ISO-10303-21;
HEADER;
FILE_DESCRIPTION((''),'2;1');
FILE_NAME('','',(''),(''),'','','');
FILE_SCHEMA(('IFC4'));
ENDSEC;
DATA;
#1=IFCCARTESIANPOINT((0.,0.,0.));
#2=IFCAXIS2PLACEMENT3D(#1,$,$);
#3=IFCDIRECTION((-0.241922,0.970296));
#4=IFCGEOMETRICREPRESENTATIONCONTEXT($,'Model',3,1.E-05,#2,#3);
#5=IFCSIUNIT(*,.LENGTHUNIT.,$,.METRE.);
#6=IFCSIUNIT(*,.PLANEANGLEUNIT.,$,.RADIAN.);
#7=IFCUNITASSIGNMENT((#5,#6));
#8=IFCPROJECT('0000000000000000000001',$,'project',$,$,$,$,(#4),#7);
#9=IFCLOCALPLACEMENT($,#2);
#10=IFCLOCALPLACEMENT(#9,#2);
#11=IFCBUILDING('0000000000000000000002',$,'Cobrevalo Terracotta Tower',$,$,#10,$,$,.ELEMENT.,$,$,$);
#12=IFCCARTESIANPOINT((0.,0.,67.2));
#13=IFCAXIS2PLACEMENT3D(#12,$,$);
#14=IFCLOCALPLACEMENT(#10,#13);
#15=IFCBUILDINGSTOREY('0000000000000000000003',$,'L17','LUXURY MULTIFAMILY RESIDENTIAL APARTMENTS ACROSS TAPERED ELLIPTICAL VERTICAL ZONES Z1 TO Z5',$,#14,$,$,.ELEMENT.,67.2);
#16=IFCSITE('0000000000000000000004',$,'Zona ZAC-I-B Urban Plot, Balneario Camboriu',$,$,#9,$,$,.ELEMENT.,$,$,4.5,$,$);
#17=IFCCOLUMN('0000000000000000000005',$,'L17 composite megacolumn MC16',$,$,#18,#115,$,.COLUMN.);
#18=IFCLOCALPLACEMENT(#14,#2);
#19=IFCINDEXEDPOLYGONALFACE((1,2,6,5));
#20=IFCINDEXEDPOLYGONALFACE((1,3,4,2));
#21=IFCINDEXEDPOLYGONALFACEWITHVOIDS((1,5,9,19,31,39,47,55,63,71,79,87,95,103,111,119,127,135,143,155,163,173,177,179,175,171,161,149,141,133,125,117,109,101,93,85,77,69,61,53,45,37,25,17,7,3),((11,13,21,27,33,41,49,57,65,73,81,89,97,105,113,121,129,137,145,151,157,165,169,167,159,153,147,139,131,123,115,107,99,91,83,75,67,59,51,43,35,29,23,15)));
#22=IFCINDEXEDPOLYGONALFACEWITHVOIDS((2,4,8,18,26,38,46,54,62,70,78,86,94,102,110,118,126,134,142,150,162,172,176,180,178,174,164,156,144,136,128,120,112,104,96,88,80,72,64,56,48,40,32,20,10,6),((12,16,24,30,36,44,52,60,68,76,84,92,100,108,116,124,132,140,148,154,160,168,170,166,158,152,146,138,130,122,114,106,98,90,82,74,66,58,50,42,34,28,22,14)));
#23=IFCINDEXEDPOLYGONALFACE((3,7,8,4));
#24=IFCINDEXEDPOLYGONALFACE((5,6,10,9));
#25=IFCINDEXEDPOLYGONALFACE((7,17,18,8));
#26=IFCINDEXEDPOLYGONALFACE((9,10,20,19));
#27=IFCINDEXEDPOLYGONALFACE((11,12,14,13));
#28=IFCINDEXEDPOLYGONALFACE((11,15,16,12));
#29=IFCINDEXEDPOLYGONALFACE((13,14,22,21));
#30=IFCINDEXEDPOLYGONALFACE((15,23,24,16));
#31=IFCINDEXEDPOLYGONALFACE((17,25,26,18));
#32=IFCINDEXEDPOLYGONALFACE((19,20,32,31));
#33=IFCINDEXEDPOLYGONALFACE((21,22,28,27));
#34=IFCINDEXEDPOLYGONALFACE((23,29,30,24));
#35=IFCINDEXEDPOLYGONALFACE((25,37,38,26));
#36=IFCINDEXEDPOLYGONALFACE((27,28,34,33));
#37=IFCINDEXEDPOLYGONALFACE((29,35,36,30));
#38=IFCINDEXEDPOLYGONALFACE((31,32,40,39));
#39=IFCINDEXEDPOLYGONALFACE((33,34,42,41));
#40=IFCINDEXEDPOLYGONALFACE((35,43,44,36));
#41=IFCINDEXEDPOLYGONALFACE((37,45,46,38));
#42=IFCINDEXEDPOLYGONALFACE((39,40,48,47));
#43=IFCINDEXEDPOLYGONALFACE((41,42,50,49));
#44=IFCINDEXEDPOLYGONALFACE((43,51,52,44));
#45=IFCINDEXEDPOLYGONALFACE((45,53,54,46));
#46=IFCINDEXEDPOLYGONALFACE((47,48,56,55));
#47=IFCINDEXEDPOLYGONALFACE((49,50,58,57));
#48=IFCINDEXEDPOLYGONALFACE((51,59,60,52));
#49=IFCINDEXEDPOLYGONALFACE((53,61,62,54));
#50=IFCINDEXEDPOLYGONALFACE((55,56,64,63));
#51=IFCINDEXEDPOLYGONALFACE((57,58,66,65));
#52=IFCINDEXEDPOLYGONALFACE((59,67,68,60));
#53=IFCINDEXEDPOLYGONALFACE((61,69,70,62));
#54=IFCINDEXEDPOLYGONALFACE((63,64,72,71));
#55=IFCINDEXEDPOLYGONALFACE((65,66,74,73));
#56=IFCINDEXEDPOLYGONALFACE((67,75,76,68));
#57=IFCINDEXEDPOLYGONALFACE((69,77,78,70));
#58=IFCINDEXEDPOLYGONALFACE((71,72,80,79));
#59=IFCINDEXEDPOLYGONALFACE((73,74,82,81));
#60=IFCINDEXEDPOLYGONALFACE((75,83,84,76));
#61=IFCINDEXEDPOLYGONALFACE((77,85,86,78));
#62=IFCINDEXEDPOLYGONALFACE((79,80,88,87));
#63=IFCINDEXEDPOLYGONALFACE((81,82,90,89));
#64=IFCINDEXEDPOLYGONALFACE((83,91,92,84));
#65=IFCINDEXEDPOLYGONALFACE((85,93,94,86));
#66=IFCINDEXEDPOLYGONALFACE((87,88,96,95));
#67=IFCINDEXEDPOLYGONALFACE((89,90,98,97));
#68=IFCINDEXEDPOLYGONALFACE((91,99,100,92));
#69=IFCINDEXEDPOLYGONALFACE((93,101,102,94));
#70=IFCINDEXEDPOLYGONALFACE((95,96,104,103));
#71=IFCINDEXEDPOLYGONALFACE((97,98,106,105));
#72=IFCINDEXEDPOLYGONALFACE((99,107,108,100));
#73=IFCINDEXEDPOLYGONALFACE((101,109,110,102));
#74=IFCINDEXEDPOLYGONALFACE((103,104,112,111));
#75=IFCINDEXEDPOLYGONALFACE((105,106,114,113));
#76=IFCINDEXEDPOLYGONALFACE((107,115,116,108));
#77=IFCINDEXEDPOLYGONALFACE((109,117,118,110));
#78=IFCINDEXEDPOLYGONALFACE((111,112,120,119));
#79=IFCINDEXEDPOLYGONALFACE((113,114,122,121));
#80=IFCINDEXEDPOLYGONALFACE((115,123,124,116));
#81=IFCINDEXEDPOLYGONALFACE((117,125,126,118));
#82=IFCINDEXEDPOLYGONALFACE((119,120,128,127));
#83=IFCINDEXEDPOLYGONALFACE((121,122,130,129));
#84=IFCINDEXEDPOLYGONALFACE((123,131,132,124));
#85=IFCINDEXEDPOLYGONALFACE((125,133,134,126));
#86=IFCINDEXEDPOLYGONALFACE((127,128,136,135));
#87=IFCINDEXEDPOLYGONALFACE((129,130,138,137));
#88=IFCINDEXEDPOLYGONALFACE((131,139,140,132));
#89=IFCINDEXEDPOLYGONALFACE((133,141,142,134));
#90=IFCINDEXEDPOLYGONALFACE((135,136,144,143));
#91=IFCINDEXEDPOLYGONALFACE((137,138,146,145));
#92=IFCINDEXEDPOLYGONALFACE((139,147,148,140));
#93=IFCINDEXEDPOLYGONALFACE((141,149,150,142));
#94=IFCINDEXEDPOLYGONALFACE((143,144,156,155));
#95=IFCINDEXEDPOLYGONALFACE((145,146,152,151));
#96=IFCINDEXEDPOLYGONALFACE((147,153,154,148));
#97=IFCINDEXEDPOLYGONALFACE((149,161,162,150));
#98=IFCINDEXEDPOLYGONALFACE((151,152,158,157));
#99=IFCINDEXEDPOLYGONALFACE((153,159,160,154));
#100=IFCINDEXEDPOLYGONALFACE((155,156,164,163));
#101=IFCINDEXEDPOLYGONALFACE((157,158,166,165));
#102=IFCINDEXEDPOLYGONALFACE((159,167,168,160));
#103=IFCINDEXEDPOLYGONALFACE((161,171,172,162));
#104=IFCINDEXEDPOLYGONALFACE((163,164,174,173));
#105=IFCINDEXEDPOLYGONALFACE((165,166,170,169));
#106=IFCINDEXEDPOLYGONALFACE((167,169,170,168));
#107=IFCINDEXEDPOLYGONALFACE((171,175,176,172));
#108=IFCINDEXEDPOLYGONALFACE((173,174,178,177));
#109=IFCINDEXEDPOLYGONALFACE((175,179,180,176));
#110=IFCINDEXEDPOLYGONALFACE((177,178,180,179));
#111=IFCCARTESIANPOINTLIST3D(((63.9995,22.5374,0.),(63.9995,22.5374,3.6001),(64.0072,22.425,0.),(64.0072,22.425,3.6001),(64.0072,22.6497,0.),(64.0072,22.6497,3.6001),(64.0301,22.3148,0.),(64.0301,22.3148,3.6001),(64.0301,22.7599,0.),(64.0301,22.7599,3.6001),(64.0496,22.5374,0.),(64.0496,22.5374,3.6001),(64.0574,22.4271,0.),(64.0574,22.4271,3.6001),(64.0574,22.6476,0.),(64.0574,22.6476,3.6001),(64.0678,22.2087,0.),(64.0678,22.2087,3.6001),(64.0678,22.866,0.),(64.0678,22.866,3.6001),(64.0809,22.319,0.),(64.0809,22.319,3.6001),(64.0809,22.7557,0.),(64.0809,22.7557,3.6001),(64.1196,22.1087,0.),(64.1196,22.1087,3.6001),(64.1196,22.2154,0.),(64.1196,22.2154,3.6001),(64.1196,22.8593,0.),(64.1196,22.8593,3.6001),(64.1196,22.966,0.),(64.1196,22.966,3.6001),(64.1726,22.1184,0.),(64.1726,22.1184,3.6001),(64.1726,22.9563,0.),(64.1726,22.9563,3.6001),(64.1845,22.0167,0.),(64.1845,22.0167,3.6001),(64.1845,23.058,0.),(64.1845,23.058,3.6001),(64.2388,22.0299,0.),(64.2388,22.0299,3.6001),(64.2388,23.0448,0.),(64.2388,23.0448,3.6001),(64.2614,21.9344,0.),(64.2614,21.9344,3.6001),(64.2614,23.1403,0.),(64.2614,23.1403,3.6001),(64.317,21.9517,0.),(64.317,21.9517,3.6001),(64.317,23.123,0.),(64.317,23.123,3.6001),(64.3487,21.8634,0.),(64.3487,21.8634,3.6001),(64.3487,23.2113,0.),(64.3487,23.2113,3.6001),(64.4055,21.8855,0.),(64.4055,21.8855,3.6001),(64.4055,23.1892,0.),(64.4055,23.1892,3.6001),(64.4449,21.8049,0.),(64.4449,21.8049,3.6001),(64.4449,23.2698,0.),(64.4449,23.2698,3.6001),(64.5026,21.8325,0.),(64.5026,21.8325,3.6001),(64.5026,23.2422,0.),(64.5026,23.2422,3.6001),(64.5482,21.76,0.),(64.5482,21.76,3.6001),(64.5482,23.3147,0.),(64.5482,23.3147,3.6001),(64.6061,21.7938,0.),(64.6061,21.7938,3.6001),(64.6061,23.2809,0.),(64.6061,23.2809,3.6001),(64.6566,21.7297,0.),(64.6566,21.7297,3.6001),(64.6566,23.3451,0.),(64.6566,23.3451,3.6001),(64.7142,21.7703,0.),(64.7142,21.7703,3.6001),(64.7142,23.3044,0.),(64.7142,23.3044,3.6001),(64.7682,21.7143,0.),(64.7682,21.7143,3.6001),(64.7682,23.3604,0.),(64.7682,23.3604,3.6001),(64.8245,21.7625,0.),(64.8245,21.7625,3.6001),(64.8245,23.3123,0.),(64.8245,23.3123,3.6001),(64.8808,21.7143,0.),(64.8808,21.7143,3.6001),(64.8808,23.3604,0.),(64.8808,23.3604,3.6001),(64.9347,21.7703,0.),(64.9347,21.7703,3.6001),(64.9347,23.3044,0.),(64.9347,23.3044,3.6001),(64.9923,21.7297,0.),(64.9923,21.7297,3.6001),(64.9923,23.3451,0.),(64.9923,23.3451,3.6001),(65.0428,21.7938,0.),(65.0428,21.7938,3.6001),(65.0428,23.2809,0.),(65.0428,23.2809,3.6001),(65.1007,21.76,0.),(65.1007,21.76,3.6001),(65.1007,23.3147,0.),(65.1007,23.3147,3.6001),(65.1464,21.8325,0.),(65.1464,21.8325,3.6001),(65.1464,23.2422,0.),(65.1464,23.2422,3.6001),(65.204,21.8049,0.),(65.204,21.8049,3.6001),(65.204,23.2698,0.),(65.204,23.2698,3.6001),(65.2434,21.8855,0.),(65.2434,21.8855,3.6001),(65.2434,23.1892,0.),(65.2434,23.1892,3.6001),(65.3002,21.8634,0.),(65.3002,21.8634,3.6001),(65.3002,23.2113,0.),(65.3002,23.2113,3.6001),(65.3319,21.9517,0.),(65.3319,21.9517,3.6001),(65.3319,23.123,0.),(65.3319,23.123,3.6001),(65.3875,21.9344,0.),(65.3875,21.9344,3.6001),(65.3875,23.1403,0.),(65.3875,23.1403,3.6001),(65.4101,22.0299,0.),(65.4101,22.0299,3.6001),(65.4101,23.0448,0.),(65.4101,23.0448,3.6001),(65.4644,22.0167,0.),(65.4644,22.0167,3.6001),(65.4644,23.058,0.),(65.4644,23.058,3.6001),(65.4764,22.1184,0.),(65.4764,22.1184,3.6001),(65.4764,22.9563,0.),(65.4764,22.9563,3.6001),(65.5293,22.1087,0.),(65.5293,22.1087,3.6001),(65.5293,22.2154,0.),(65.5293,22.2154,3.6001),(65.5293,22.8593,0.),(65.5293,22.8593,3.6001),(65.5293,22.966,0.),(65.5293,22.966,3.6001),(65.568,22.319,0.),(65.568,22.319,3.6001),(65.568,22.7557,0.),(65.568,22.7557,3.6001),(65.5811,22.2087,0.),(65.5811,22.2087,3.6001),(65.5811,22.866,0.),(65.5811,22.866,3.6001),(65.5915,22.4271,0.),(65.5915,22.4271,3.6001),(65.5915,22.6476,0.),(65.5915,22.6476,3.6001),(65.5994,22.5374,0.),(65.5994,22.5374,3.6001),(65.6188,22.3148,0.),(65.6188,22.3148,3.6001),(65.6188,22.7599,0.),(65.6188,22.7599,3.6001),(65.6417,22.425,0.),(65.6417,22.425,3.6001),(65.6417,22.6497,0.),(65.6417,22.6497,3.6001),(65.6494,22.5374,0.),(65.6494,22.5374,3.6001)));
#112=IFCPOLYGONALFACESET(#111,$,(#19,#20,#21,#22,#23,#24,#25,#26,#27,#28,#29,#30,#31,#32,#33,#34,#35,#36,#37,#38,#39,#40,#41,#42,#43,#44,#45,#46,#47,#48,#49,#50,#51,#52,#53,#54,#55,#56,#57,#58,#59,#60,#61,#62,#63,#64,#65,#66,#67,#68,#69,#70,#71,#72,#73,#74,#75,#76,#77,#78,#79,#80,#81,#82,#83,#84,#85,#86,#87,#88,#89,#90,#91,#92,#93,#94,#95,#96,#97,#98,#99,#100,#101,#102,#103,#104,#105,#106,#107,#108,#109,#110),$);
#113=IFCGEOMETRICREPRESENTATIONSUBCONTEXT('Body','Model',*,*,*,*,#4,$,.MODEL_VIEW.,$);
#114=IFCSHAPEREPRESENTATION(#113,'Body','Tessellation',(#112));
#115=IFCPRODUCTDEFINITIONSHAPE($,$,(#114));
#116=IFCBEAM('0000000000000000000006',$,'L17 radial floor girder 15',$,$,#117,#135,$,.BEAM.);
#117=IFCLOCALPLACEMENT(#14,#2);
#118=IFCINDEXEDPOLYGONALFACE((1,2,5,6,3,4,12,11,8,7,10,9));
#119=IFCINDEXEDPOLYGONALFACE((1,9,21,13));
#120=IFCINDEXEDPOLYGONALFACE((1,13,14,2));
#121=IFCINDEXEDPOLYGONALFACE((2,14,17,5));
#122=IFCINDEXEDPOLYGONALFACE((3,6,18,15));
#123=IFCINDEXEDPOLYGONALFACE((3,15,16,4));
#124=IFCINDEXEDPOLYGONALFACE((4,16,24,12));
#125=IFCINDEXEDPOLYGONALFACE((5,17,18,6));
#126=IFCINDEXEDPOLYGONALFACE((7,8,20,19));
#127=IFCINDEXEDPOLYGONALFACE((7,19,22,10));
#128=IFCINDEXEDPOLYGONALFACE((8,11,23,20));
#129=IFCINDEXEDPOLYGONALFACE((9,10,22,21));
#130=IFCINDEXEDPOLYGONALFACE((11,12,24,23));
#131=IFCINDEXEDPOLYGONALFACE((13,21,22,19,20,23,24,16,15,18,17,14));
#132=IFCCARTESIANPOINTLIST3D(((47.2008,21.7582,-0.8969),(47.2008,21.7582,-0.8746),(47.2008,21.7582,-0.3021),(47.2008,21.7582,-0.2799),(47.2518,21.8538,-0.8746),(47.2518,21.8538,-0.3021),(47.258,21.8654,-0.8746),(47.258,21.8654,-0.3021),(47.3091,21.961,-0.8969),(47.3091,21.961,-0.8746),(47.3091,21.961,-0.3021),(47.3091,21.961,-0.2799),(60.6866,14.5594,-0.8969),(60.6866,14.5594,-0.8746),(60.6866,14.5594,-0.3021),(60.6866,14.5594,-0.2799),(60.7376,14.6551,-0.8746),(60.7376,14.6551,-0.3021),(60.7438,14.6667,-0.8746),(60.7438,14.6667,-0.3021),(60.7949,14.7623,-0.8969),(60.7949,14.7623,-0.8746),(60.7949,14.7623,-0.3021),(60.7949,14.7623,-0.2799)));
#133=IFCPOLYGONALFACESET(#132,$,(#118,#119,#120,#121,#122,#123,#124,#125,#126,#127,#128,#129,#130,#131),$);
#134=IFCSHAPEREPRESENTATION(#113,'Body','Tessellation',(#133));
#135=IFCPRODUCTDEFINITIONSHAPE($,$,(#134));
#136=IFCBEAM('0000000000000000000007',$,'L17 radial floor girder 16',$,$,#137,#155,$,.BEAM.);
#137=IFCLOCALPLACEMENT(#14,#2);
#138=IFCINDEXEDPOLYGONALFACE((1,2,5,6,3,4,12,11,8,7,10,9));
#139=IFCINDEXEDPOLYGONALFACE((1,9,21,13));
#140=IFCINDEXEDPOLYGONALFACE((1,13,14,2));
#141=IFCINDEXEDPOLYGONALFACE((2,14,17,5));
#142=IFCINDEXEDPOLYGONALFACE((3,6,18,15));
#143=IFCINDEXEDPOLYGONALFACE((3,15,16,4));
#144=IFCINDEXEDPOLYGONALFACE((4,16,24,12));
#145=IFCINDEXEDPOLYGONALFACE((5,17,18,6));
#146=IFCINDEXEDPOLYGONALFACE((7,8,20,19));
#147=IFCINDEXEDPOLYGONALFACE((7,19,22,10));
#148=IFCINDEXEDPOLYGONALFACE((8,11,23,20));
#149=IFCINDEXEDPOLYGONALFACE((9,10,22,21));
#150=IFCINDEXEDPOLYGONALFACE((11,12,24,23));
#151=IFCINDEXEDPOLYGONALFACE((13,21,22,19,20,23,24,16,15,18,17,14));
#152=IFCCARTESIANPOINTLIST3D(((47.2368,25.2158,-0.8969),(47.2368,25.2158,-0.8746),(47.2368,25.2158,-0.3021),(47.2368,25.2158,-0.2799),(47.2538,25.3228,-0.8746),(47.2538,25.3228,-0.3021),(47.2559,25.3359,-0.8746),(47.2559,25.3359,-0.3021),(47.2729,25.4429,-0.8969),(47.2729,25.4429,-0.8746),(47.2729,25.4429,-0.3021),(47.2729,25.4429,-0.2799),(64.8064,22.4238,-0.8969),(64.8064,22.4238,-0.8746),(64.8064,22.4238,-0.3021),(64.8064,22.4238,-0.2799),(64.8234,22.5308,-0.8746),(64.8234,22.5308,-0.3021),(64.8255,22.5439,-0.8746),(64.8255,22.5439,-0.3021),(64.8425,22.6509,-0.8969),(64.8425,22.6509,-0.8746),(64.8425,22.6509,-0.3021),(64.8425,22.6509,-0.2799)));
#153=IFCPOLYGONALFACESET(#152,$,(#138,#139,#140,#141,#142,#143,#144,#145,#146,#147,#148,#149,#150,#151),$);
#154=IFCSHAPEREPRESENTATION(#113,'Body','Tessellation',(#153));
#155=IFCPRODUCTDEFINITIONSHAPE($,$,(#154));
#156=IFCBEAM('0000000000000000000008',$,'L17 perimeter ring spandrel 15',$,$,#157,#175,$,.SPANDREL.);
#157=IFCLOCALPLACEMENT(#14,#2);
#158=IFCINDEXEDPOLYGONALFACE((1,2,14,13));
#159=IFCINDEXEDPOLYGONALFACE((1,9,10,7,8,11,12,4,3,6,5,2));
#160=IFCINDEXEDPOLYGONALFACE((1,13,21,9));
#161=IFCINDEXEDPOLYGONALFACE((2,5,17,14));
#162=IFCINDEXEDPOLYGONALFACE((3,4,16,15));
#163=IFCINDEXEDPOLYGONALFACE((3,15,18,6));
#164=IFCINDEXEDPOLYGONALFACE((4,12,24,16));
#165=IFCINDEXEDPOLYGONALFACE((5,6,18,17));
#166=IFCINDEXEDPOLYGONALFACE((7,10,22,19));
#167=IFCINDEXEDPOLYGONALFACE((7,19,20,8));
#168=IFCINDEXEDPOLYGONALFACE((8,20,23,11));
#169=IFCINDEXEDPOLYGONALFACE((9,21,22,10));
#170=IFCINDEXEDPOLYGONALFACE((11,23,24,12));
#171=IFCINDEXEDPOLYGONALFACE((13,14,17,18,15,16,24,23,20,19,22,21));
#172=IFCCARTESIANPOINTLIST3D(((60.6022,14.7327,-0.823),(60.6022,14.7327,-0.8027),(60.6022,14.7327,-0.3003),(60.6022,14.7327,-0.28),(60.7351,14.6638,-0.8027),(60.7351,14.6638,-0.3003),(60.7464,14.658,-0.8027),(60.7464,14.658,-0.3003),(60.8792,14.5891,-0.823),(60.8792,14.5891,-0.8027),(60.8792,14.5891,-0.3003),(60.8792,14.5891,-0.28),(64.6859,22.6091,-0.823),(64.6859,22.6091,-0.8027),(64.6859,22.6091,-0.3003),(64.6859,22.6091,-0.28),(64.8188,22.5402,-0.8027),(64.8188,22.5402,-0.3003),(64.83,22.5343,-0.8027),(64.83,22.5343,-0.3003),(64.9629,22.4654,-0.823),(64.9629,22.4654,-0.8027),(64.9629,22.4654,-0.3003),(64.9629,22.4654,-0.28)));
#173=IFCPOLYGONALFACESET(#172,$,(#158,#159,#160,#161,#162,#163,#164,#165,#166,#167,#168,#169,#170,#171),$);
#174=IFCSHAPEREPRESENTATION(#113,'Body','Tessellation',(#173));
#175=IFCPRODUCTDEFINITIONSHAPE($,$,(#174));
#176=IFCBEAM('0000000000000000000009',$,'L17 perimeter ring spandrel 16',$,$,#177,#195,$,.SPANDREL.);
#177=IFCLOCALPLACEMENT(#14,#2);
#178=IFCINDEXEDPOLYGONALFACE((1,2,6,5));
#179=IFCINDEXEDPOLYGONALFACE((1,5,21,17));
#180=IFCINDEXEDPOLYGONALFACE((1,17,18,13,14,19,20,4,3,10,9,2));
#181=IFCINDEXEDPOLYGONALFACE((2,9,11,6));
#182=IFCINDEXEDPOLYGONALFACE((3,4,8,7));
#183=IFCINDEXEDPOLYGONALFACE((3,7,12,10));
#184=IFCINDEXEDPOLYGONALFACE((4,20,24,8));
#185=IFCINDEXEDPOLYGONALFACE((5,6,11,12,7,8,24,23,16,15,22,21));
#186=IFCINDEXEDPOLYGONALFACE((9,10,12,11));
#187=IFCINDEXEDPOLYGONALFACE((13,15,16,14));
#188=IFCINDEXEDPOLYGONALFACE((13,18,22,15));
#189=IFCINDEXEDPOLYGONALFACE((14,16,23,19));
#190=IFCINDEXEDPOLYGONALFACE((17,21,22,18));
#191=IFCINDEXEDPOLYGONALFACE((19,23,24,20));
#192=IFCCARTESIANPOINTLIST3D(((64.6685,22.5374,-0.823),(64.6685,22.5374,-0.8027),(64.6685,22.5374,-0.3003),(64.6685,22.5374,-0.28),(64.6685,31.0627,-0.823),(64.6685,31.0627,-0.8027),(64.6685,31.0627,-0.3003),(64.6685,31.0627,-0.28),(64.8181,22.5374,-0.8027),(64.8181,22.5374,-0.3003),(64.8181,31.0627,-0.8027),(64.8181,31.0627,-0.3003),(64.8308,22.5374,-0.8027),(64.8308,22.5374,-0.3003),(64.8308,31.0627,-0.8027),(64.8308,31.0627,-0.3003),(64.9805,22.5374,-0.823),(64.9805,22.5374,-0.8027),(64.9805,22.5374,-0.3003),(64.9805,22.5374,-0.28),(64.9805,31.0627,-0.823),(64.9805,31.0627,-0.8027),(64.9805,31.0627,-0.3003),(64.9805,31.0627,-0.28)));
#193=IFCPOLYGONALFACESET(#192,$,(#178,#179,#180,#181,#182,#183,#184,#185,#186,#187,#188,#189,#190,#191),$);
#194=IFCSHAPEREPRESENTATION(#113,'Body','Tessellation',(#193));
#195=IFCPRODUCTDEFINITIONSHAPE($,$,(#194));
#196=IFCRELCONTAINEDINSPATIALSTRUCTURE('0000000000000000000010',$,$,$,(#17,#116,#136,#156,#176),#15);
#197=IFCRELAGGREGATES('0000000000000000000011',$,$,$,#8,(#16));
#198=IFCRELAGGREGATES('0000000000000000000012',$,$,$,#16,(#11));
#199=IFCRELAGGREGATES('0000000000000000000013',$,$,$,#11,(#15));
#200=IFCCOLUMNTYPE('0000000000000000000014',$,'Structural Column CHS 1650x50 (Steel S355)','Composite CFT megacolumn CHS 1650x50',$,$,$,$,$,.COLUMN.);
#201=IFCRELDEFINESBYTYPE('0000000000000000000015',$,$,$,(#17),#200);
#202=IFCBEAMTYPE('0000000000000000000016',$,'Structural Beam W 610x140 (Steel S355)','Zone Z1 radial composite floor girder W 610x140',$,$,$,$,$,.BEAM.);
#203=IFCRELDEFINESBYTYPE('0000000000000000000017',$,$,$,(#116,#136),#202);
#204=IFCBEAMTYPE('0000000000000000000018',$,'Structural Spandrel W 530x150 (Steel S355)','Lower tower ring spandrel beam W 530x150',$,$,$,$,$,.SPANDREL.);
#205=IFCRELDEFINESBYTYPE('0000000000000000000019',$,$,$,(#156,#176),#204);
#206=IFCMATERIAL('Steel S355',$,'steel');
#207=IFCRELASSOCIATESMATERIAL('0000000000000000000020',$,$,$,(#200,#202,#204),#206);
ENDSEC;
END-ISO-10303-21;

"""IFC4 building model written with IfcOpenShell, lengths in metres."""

from ifc_helpers import new_model, si_unit, direction, frame, origin, origin_2d, place, context, subcontext, project, spatial, hollow_circle, i_section, extrude, material, material_profile, profile_set, type_object, element, save


model = new_model("IFC4")

# Units and contexts
model_context = context("Model", 3, precision=1e-05, world=origin(), true_north=direction((-0.241922, 0.970296)))
body_context = subcontext(model_context, "Body", "Model", "MODEL_VIEW")
ifc_project = project(units=[si_unit("LENGTHUNIT", "METRE"), si_unit("PLANEANGLEUNIT", "RADIAN")], contexts=[model_context])

# Site, building, storey
site_placement = place(None, origin())
site = spatial("IfcSite", under=ifc_project, at=site_placement, Name="Zona ZAC-I-B Urban Plot, Balneario Camboriu", CompositionType="ELEMENT", RefElevation=4.5)
building_placement = place(site_placement, origin())
building = spatial("IfcBuilding", under=site, at=building_placement, Name="Cobrevalo Terracotta Tower", CompositionType="ELEMENT")
storey_placement = place(building_placement, frame((0.0, 0.0, 67.2)))
storey = spatial("IfcBuildingStorey", under=building, at=storey_placement, Name="L17", Description="LUXURY MULTIFAMILY RESIDENTIAL APARTMENTS ACROSS TAPERED ELLIPTICAL VERTICAL ZONES Z1 TO Z5", CompositionType="ELEMENT", Elevation=67.2)

# Column
ifc_material_1 = material(Name="Steel S355", Category="steel")
ifc_material_profile_1 = material_profile(ifc_material_1, hollow_circle(Radius=0.825, WallThickness=0.05, at=origin_2d()), Name="CHS 1650x50")
ifc_profile_set_1 = profile_set([ifc_material_profile_1], Name="Steel S355")
column_type = type_object("IfcColumnType", Name="Structural Column CHS 1650x50 (Steel S355)", Description="Composite CFT megacolumn CHS 1650x50", PredefinedType="COLUMN", material=ifc_profile_set_1)
for number, where, z_axis, x_axis, name in (
    (1, (64.8245, 22.5374, 0.0), (0.0, 0.0, 1.0), (1.0, 0.0, 0.0), "L17 composite megacolumn MC16"),
):
    element("IfcColumn", number, at=place(storey_placement, frame(where, z_axis=z_axis, x_axis=x_axis)), inside=storey, type_object=column_type, Name=name, PredefinedType="COLUMN", context=body_context, shape_type="SweptSolid", body=[
        extrude(hollow_circle(Radius=0.825, WallThickness=0.05, at=origin_2d()), origin(), (0.0, 0.0, 1.0), 3.6001),
    ])

# Beams
ifc_material_profile_2 = material_profile(ifc_material_1, i_section(OverallWidth=0.23, OverallDepth=0.6169, WebThickness=0.0132, FlangeThickness=0.0222, at=origin_2d()), Name="W 610x140")
ifc_profile_set_2 = profile_set([ifc_material_profile_2], Name="Steel S355")
beam_type_1 = type_object("IfcBeamType", Name="Structural Beam W 610x140 (Steel S355)", Description="Zone Z1 radial composite floor girder W 610x140", PredefinedType="BEAM", material=ifc_profile_set_2)
beam_1_placement = place(storey_placement, frame((60.7407, 14.6609, -0.5884), z_axis=(-0.882182, 0.470908, 0.0), x_axis=(-0.470908, -0.882182, 0.0)))
element("IfcBeam", 2, at=beam_1_placement, inside=storey, type_object=beam_type_1, Name="L17 radial floor girder 15", PredefinedType="BEAM", context=body_context, shape_type="SweptSolid", body=[
    extrude(i_section(OverallWidth=0.23, OverallDepth=0.6169, WebThickness=0.0132, FlangeThickness=0.0222, at=origin_2d()), origin(), (0.0, 0.0, 1.0), 15.2869),
])
beam_2_placement = place(storey_placement, frame((64.8245, 22.5374, -0.5884), z_axis=(-0.987608, 0.156941, 0.0), x_axis=(-0.156941, -0.987608, 0.0)))
element("IfcBeam", 3, at=beam_2_placement, inside=storey, type_object=beam_type_1, Name="L17 radial floor girder 16", PredefinedType="BEAM", context=body_context, shape_type="SweptSolid", body=[
    extrude(i_section(OverallWidth=0.23, OverallDepth=0.6169, WebThickness=0.0132, FlangeThickness=0.0222, at=origin_2d()), origin(), (0.0, 0.0, 1.0), 17.79),
])
ifc_material_profile_3 = material_profile(ifc_material_1, i_section(OverallWidth=0.312, OverallDepth=0.543, WebThickness=0.0127, FlangeThickness=0.0203, at=origin_2d()), Name="W 530x150")
ifc_profile_set_3 = profile_set([ifc_material_profile_3], Name="Steel S355")
beam_type_2 = type_object("IfcBeamType", Name="Structural Spandrel W 530x150 (Steel S355)", Description="Lower tower ring spandrel beam W 530x150", PredefinedType="SPANDREL", material=ifc_profile_set_3)
beam_3_placement = place(storey_placement, frame((60.7407, 14.6609, -0.5515), z_axis=(0.460286, 0.887771, 0.0), x_axis=(-0.887771, 0.460286, 0.0)))
element("IfcBeam", 4, at=beam_3_placement, inside=storey, type_object=beam_type_2, Name="L17 perimeter ring spandrel 15", PredefinedType="SPANDREL", context=body_context, shape_type="SweptSolid", body=[
    extrude(i_section(OverallWidth=0.312, OverallDepth=0.543, WebThickness=0.0127, FlangeThickness=0.0203, at=origin_2d()), origin(), (0.0, 0.0, 1.0), 8.8721),
])
beam_4_placement = place(storey_placement, frame((64.8245, 22.5374, -0.5515), z_axis=(0.0, 1.0, 0.0), x_axis=(-1.0, 0.0, 0.0)))
element("IfcBeam", 5, at=beam_4_placement, inside=storey, type_object=beam_type_2, Name="L17 perimeter ring spandrel 16", PredefinedType="SPANDREL", context=body_context, shape_type="SweptSolid", body=[
    extrude(i_section(OverallWidth=0.312, OverallDepth=0.543, WebThickness=0.0127, FlangeThickness=0.0203, at=origin_2d()), origin(), (0.0, 0.0, 1.0), 8.5254),
])

save(model, "model.ifc")
